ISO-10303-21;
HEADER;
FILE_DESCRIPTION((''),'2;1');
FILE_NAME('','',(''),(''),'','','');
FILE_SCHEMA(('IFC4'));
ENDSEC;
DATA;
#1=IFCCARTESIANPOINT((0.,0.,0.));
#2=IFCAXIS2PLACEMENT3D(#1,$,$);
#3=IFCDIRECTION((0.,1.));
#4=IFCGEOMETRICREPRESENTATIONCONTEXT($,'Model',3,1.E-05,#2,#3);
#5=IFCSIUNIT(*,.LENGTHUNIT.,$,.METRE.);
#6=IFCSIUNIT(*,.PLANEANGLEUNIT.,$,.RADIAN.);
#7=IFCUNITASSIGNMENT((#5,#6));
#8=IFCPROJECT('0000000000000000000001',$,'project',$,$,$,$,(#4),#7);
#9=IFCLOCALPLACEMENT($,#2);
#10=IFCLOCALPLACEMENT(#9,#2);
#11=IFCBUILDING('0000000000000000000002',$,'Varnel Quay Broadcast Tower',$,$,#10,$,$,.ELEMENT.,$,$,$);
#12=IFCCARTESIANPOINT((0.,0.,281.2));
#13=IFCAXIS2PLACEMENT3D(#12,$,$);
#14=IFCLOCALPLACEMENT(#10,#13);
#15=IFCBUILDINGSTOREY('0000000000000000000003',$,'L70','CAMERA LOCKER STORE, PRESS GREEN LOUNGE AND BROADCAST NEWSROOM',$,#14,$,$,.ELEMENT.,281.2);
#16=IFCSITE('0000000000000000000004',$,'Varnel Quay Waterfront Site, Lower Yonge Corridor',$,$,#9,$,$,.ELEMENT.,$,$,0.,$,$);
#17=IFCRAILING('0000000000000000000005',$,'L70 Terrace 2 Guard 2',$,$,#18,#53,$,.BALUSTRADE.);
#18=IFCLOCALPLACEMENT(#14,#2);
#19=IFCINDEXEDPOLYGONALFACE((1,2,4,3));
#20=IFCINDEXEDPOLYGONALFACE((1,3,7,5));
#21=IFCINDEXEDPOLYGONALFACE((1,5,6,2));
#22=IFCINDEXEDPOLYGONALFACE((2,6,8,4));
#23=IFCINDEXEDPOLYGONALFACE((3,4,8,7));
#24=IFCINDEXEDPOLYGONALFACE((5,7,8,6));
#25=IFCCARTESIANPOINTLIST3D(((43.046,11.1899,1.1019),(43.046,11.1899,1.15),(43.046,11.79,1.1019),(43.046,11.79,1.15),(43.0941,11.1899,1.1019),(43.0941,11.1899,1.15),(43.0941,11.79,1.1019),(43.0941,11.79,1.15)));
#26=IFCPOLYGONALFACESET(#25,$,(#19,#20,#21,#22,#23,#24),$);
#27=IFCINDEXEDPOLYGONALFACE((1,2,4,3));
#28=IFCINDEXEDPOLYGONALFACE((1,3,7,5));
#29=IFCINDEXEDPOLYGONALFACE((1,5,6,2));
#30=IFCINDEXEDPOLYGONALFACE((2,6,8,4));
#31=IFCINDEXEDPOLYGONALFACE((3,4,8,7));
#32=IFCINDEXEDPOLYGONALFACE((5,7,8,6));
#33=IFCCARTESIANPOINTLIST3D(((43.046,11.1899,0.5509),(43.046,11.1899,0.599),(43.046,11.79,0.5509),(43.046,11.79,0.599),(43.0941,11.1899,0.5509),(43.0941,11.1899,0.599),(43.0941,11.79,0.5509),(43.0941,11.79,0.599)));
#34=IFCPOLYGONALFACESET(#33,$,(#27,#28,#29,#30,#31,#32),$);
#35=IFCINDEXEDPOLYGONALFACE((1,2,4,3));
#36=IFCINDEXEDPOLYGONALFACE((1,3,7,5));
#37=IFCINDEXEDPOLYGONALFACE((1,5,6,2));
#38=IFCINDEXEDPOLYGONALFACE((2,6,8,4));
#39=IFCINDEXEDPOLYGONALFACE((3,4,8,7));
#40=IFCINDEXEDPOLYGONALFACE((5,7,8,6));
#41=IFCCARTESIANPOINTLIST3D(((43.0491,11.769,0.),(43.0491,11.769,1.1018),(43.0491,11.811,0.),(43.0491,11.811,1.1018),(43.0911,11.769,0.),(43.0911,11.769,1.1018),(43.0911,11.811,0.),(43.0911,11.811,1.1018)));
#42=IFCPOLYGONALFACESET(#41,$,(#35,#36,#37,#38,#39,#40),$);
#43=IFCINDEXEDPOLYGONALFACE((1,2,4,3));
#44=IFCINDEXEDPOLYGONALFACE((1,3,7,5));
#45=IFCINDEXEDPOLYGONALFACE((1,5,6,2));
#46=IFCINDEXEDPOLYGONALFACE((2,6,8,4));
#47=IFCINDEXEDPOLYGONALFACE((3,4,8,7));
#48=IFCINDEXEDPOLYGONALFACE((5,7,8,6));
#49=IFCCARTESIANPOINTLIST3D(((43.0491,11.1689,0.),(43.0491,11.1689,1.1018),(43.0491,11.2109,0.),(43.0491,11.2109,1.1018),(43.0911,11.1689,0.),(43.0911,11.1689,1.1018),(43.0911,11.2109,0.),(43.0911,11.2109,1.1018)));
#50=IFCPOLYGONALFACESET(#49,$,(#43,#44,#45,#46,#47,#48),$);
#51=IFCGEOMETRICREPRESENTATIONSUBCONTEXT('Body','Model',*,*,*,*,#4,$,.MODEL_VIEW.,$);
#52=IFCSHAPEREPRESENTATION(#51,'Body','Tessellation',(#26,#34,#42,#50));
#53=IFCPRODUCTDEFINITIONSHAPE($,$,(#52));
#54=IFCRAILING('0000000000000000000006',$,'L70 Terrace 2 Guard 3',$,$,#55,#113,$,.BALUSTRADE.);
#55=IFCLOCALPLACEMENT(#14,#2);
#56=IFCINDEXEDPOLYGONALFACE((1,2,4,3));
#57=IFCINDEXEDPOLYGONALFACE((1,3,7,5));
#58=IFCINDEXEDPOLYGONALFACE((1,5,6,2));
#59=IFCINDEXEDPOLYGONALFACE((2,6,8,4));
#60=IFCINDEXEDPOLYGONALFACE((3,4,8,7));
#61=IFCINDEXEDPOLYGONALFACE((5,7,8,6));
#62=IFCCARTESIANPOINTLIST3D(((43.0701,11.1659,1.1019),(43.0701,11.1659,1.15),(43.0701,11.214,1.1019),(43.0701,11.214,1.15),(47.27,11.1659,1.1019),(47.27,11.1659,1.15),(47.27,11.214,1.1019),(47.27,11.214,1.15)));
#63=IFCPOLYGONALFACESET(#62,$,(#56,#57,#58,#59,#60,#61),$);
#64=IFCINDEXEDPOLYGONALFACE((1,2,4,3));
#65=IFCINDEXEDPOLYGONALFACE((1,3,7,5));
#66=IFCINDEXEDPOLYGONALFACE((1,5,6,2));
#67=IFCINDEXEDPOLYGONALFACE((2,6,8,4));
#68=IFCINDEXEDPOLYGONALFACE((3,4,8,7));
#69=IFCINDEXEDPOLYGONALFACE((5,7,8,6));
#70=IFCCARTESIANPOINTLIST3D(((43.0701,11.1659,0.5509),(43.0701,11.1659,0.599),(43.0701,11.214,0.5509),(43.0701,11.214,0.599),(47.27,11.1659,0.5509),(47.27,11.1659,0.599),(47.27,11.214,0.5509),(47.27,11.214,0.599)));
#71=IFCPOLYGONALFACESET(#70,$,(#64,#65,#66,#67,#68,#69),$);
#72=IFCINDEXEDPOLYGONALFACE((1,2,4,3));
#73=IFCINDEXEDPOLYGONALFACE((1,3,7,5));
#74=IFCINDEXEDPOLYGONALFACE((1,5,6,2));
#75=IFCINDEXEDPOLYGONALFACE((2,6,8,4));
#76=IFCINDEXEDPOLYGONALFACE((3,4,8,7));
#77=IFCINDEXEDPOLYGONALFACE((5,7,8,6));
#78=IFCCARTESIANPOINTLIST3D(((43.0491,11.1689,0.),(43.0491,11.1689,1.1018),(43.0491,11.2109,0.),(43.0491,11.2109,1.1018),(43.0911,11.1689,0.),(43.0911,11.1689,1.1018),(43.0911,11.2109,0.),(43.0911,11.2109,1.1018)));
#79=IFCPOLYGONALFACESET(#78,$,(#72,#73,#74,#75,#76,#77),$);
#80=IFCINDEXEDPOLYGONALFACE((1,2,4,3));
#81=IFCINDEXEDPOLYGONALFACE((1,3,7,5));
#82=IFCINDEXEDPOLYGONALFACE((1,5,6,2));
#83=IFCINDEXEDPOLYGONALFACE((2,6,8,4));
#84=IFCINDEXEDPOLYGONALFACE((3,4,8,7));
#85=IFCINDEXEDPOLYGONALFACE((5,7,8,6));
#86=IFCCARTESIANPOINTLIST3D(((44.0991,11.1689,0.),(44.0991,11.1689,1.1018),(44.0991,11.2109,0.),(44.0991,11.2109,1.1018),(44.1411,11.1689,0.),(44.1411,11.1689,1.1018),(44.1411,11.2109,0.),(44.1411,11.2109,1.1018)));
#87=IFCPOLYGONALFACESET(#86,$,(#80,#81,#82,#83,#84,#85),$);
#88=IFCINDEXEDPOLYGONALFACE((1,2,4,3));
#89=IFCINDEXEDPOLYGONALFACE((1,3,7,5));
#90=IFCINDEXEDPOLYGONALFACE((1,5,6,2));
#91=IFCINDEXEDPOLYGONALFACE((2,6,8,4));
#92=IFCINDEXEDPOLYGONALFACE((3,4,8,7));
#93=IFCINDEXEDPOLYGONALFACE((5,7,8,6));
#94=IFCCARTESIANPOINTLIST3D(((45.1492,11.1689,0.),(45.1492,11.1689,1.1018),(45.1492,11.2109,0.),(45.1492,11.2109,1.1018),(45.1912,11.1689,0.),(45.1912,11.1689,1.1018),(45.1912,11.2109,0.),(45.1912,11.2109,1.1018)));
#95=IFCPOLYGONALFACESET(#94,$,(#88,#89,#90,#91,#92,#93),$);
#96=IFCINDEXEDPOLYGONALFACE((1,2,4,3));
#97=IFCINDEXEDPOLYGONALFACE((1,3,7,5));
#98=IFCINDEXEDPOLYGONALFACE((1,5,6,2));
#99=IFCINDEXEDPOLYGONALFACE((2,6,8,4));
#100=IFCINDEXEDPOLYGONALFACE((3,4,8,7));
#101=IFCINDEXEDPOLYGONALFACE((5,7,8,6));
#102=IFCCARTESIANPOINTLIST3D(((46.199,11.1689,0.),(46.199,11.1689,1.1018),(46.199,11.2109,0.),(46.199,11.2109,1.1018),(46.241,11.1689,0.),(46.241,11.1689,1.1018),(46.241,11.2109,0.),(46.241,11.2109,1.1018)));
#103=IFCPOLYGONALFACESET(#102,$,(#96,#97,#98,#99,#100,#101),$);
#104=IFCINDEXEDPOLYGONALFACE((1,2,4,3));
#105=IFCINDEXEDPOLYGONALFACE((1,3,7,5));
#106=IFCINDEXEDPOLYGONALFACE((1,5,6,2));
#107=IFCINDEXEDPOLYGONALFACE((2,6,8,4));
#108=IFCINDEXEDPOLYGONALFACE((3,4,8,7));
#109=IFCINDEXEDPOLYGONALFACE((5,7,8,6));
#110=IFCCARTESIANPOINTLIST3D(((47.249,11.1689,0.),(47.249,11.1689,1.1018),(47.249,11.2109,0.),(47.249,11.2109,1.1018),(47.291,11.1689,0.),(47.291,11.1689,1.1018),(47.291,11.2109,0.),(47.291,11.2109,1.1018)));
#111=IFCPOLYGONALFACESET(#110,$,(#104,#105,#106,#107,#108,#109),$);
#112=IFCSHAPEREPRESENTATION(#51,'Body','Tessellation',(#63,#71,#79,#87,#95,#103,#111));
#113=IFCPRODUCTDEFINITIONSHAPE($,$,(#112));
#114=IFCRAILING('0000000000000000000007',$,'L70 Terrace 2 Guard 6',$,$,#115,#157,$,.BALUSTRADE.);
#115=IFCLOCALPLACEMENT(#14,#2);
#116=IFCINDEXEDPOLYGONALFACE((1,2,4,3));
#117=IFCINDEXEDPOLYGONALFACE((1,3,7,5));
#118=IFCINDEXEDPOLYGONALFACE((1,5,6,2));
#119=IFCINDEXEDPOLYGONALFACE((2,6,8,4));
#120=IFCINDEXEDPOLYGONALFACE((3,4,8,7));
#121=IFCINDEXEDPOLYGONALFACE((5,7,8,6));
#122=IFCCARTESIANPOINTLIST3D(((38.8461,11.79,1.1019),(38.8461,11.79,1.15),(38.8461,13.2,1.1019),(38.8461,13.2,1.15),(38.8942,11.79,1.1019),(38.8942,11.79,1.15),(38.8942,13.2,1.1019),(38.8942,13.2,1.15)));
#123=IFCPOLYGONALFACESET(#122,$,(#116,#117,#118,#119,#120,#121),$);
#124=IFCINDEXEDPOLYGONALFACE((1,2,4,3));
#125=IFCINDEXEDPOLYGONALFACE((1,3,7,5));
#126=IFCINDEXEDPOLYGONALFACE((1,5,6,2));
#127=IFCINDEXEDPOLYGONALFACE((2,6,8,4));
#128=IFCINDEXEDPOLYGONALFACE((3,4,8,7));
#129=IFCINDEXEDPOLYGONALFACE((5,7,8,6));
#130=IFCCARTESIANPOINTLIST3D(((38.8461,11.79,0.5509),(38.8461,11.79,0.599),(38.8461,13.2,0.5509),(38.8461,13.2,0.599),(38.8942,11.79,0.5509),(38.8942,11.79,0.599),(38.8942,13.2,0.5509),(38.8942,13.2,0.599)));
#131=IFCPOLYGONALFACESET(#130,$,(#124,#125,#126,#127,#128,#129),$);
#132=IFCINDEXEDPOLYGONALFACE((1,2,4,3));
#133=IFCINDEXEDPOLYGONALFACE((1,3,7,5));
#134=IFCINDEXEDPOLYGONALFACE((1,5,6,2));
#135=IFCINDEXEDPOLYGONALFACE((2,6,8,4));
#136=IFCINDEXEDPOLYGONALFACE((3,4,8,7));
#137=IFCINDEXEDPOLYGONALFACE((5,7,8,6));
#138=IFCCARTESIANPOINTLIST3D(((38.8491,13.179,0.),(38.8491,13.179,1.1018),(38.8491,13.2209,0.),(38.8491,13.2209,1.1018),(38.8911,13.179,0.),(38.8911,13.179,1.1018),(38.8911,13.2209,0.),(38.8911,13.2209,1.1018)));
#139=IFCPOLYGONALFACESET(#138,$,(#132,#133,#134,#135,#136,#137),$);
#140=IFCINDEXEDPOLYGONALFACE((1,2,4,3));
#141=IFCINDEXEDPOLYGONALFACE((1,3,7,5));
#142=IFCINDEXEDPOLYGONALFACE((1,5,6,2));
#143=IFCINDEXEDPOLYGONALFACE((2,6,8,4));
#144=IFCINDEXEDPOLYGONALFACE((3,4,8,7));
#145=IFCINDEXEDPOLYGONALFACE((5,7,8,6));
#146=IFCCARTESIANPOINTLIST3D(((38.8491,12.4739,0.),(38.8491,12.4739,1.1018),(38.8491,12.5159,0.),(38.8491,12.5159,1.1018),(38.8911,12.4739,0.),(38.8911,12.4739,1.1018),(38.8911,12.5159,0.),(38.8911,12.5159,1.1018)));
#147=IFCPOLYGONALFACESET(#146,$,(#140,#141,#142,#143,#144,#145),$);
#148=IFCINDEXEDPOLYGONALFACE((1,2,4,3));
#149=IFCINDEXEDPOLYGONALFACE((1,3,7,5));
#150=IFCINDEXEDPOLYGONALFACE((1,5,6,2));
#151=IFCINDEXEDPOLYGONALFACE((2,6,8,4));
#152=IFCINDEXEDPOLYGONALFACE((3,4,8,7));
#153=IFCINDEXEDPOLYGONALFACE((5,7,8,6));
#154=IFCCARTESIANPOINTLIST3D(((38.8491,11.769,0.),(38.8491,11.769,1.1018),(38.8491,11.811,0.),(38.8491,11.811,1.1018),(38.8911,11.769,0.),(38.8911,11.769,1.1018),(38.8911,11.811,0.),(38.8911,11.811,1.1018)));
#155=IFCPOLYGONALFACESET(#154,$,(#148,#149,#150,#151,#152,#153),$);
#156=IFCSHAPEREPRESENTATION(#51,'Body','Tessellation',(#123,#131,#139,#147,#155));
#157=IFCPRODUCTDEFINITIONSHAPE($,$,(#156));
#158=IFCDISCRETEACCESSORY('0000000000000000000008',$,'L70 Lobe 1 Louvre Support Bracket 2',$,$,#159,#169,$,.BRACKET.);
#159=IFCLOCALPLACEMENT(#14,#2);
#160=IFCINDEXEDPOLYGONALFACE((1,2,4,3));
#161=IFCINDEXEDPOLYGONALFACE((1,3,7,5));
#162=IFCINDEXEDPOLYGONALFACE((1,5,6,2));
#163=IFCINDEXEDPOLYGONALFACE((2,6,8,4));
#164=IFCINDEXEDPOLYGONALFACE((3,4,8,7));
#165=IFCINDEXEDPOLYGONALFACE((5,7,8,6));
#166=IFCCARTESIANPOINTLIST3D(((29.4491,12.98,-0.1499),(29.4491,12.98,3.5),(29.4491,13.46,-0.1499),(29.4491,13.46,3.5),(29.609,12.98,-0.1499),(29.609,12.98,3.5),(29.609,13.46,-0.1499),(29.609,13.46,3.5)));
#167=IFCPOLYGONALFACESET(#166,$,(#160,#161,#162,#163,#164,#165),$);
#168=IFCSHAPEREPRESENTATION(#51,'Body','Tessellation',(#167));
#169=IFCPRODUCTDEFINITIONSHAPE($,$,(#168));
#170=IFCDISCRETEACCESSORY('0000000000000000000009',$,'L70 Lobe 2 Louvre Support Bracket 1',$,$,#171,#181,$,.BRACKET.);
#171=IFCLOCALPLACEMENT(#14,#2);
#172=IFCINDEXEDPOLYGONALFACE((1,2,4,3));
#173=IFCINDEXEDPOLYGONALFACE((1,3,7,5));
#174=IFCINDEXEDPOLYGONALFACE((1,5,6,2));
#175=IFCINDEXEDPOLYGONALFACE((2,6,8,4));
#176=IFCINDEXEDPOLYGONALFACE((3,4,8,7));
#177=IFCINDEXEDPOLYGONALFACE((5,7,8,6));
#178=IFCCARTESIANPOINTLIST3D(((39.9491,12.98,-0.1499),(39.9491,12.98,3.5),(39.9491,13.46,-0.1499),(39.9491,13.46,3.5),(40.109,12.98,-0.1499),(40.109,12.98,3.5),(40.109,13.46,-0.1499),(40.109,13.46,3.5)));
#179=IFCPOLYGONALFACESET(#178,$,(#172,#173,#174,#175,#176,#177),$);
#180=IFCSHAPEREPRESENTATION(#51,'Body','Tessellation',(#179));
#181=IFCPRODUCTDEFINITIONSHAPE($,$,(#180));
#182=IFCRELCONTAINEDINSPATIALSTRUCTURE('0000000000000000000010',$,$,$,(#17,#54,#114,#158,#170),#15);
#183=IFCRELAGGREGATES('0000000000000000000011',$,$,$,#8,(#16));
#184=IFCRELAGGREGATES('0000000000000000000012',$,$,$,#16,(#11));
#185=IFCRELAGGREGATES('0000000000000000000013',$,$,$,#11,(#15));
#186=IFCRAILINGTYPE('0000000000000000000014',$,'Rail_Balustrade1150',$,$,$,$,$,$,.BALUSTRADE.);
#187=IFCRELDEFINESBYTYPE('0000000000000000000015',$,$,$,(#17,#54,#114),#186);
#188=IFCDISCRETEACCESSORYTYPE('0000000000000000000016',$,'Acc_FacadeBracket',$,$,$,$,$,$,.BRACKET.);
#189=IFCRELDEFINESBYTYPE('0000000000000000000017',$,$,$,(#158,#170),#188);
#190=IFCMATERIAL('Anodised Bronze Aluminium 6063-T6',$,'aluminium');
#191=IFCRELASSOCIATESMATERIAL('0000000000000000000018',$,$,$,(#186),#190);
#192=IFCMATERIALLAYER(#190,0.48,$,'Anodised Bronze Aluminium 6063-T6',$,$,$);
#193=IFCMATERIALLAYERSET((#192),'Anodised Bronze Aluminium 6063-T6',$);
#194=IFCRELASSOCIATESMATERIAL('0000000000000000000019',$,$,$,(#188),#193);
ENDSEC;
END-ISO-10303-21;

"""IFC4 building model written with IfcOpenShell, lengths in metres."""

from ifc_helpers import new_model, si_unit, direction, frame, origin, origin_2d, place, context, subcontext, project, spatial, rectangle, extrude, source, transform, mapped, material, layer, layer_set, type_object, type_shapes, element, save


model = new_model("IFC4")

# Units and contexts
model_context = context("Model", 3, precision=1e-05, world=origin(), true_north=direction((0.0, 1.0)))
body_context = subcontext(model_context, "Body", "Model", "MODEL_VIEW")
ifc_project = project(units=[si_unit("LENGTHUNIT", "METRE"), si_unit("PLANEANGLEUNIT", "RADIAN")], contexts=[model_context])

# Site, building, storey
site_placement = place(None, origin())
site = spatial("IfcSite", under=ifc_project, at=site_placement, Name="Varnel Quay Waterfront Site, Lower Yonge Corridor", CompositionType="ELEMENT", RefElevation=0.0)
building_placement = place(site_placement, origin())
building = spatial("IfcBuilding", under=site, at=building_placement, Name="Varnel Quay Broadcast Tower", CompositionType="ELEMENT")
storey_placement = place(building_placement, frame((0.0, 0.0, 281.2)))
storey = spatial("IfcBuildingStorey", under=building, at=storey_placement, Name="L70", Description="CAMERA LOCKER STORE, PRESS GREEN LOUNGE AND BROADCAST NEWSROOM", CompositionType="ELEMENT", Elevation=281.2)

# Shared definitions
ifc_material_1 = material(Name="Anodised Bronze Aluminium 6063-T6", Category="aluminium")

# Railings
railing_type = type_object("IfcRailingType", Name="Rail_Balustrade1150", PredefinedType="BALUSTRADE", material=ifc_material_1)
railing_1_placement = place(storey_placement, frame((43.0701, 11.79, 0.0)))
element("IfcRailing", 1, at=railing_1_placement, inside=storey, type_object=railing_type, Name="L70 Terrace 2 Guard 2", PredefinedType="BALUSTRADE", context=body_context, shape_type="SweptSolid", body=[
    extrude(rectangle(XDim=0.0481, YDim=0.0481, at=origin_2d()), frame((0.0, 0.0, 1.126), z_axis=(0.0, -1.0, 0.0), x_axis=(1.0, 0.0, 0.0)), (0.0, 0.0, 1.0), 0.6001),
    extrude(rectangle(XDim=0.0481, YDim=0.0481, at=origin_2d()), frame((0.0, 0.0, 0.575), z_axis=(0.0, -1.0, 0.0), x_axis=(1.0, 0.0, 0.0)), (0.0, 0.0, 1.0), 0.6001),
    extrude(rectangle(XDim=0.042, YDim=0.042, at=origin_2d()), origin(), (0.0, 0.0, 1.0), 1.1018),
    extrude(rectangle(XDim=0.042, YDim=0.042, at=origin_2d()), frame((0.0, -0.6001, 0.0)), (0.0, 0.0, 1.0), 1.1018),
])
railing_2_placement = place(storey_placement, frame((43.0701, 11.1899, 0.0)))
element("IfcRailing", 2, at=railing_2_placement, inside=storey, type_object=railing_type, Name="L70 Terrace 2 Guard 3", PredefinedType="BALUSTRADE", context=body_context, shape_type="SweptSolid", body=[
    extrude(rectangle(XDim=0.0481, YDim=0.0481, at=origin_2d()), frame((0.0, 0.0, 1.126), z_axis=(1.0, 0.0, 0.0), x_axis=(0.0, 1.0, 0.0)), (0.0, 0.0, 1.0), 4.2),
    extrude(rectangle(XDim=0.0481, YDim=0.0481, at=origin_2d()), frame((0.0, 0.0, 0.575), z_axis=(1.0, 0.0, 0.0), x_axis=(0.0, 1.0, 0.0)), (0.0, 0.0, 1.0), 4.2),
    extrude(rectangle(XDim=0.042, YDim=0.042, at=origin_2d()), origin(), (0.0, 0.0, 1.0), 1.1018),
    extrude(rectangle(XDim=0.042, YDim=0.042, at=origin_2d()), frame((1.05, 0.0, 0.0)), (0.0, 0.0, 1.0), 1.1018),
    extrude(rectangle(XDim=0.042, YDim=0.042, at=origin_2d()), frame((2.1001, 0.0, 0.0)), (0.0, 0.0, 1.0), 1.1018),
    extrude(rectangle(XDim=0.042, YDim=0.042, at=origin_2d()), frame((3.1499, 0.0, 0.0)), (0.0, 0.0, 1.0), 1.1018),
    extrude(rectangle(XDim=0.042, YDim=0.042, at=origin_2d()), frame((4.2, 0.0, 0.0)), (0.0, 0.0, 1.0), 1.1018),
])
railing_3_placement = place(storey_placement, frame((38.8701, 13.2, 0.0)))
element("IfcRailing", 3, at=railing_3_placement, inside=storey, type_object=railing_type, Name="L70 Terrace 2 Guard 6", PredefinedType="BALUSTRADE", context=body_context, shape_type="SweptSolid", body=[
    extrude(rectangle(XDim=0.0481, YDim=0.0481, at=origin_2d()), frame((0.0, 0.0, 1.126), z_axis=(0.0, -1.0, 0.0), x_axis=(1.0, 0.0, 0.0)), (0.0, 0.0, 1.0), 1.4099),
    extrude(rectangle(XDim=0.0481, YDim=0.0481, at=origin_2d()), frame((0.0, 0.0, 0.575), z_axis=(0.0, -1.0, 0.0), x_axis=(1.0, 0.0, 0.0)), (0.0, 0.0, 1.0), 1.4099),
    extrude(rectangle(XDim=0.042, YDim=0.042, at=origin_2d()), origin(), (0.0, 0.0, 1.0), 1.1018),
    extrude(rectangle(XDim=0.042, YDim=0.042, at=origin_2d()), frame((0.0, -0.7051, 0.0)), (0.0, 0.0, 1.0), 1.1018),
    extrude(rectangle(XDim=0.042, YDim=0.042, at=origin_2d()), frame((0.0, -1.4099, 0.0)), (0.0, 0.0, 1.0), 1.1018),
])

# Discrete accessories
ifc_layer_1 = layer(ifc_material_1, 0.48, Name="Anodised Bronze Aluminium 6063-T6")
ifc_layer_set_1 = layer_set([ifc_layer_1], Name="Anodised Bronze Aluminium 6063-T6")
discrete_accessory_type = type_object("IfcDiscreteAccessoryType", Name="Acc_FacadeBracket", PredefinedType="BRACKET", material=ifc_layer_set_1)
shared_shape_1 = source(origin(), body_context, "Body", "SweptSolid", [
    extrude(rectangle(XDim=0.1599, YDim=0.48, at=origin_2d()), origin(), (0.0, 0.0, 1.0), 3.6499),
])
type_shapes(discrete_accessory_type, [shared_shape_1])
for number, where, z_axis, x_axis, name in (
    (4, (29.5291, 13.22, -0.1499), (0.0, 0.0, 1.0), (1.0, 0.0, 0.0), "L70 Lobe 1 Louvre Support Bracket 2"),
    (5, (40.0291, 13.22, -0.1499), (0.0, 0.0, 1.0), (1.0, 0.0, 0.0), "L70 Lobe 2 Louvre Support Bracket 1"),
):
    element("IfcDiscreteAccessory", number, at=place(storey_placement, frame(where, z_axis=z_axis, x_axis=x_axis)), inside=storey, type_object=discrete_accessory_type, Name=name, PredefinedType="BRACKET", context=body_context, shape_type="MappedRepresentation", body=[
        mapped(shared_shape_1, transform((0.0, 0.0, 0.0), x_axis=(1.0, 0.0, 0.0), y_axis=(0.0, 1.0, 0.0), z_axis=(0.0, 0.0, 1.0), scale=1.0)),
    ])

save(model, "model.ifc")
